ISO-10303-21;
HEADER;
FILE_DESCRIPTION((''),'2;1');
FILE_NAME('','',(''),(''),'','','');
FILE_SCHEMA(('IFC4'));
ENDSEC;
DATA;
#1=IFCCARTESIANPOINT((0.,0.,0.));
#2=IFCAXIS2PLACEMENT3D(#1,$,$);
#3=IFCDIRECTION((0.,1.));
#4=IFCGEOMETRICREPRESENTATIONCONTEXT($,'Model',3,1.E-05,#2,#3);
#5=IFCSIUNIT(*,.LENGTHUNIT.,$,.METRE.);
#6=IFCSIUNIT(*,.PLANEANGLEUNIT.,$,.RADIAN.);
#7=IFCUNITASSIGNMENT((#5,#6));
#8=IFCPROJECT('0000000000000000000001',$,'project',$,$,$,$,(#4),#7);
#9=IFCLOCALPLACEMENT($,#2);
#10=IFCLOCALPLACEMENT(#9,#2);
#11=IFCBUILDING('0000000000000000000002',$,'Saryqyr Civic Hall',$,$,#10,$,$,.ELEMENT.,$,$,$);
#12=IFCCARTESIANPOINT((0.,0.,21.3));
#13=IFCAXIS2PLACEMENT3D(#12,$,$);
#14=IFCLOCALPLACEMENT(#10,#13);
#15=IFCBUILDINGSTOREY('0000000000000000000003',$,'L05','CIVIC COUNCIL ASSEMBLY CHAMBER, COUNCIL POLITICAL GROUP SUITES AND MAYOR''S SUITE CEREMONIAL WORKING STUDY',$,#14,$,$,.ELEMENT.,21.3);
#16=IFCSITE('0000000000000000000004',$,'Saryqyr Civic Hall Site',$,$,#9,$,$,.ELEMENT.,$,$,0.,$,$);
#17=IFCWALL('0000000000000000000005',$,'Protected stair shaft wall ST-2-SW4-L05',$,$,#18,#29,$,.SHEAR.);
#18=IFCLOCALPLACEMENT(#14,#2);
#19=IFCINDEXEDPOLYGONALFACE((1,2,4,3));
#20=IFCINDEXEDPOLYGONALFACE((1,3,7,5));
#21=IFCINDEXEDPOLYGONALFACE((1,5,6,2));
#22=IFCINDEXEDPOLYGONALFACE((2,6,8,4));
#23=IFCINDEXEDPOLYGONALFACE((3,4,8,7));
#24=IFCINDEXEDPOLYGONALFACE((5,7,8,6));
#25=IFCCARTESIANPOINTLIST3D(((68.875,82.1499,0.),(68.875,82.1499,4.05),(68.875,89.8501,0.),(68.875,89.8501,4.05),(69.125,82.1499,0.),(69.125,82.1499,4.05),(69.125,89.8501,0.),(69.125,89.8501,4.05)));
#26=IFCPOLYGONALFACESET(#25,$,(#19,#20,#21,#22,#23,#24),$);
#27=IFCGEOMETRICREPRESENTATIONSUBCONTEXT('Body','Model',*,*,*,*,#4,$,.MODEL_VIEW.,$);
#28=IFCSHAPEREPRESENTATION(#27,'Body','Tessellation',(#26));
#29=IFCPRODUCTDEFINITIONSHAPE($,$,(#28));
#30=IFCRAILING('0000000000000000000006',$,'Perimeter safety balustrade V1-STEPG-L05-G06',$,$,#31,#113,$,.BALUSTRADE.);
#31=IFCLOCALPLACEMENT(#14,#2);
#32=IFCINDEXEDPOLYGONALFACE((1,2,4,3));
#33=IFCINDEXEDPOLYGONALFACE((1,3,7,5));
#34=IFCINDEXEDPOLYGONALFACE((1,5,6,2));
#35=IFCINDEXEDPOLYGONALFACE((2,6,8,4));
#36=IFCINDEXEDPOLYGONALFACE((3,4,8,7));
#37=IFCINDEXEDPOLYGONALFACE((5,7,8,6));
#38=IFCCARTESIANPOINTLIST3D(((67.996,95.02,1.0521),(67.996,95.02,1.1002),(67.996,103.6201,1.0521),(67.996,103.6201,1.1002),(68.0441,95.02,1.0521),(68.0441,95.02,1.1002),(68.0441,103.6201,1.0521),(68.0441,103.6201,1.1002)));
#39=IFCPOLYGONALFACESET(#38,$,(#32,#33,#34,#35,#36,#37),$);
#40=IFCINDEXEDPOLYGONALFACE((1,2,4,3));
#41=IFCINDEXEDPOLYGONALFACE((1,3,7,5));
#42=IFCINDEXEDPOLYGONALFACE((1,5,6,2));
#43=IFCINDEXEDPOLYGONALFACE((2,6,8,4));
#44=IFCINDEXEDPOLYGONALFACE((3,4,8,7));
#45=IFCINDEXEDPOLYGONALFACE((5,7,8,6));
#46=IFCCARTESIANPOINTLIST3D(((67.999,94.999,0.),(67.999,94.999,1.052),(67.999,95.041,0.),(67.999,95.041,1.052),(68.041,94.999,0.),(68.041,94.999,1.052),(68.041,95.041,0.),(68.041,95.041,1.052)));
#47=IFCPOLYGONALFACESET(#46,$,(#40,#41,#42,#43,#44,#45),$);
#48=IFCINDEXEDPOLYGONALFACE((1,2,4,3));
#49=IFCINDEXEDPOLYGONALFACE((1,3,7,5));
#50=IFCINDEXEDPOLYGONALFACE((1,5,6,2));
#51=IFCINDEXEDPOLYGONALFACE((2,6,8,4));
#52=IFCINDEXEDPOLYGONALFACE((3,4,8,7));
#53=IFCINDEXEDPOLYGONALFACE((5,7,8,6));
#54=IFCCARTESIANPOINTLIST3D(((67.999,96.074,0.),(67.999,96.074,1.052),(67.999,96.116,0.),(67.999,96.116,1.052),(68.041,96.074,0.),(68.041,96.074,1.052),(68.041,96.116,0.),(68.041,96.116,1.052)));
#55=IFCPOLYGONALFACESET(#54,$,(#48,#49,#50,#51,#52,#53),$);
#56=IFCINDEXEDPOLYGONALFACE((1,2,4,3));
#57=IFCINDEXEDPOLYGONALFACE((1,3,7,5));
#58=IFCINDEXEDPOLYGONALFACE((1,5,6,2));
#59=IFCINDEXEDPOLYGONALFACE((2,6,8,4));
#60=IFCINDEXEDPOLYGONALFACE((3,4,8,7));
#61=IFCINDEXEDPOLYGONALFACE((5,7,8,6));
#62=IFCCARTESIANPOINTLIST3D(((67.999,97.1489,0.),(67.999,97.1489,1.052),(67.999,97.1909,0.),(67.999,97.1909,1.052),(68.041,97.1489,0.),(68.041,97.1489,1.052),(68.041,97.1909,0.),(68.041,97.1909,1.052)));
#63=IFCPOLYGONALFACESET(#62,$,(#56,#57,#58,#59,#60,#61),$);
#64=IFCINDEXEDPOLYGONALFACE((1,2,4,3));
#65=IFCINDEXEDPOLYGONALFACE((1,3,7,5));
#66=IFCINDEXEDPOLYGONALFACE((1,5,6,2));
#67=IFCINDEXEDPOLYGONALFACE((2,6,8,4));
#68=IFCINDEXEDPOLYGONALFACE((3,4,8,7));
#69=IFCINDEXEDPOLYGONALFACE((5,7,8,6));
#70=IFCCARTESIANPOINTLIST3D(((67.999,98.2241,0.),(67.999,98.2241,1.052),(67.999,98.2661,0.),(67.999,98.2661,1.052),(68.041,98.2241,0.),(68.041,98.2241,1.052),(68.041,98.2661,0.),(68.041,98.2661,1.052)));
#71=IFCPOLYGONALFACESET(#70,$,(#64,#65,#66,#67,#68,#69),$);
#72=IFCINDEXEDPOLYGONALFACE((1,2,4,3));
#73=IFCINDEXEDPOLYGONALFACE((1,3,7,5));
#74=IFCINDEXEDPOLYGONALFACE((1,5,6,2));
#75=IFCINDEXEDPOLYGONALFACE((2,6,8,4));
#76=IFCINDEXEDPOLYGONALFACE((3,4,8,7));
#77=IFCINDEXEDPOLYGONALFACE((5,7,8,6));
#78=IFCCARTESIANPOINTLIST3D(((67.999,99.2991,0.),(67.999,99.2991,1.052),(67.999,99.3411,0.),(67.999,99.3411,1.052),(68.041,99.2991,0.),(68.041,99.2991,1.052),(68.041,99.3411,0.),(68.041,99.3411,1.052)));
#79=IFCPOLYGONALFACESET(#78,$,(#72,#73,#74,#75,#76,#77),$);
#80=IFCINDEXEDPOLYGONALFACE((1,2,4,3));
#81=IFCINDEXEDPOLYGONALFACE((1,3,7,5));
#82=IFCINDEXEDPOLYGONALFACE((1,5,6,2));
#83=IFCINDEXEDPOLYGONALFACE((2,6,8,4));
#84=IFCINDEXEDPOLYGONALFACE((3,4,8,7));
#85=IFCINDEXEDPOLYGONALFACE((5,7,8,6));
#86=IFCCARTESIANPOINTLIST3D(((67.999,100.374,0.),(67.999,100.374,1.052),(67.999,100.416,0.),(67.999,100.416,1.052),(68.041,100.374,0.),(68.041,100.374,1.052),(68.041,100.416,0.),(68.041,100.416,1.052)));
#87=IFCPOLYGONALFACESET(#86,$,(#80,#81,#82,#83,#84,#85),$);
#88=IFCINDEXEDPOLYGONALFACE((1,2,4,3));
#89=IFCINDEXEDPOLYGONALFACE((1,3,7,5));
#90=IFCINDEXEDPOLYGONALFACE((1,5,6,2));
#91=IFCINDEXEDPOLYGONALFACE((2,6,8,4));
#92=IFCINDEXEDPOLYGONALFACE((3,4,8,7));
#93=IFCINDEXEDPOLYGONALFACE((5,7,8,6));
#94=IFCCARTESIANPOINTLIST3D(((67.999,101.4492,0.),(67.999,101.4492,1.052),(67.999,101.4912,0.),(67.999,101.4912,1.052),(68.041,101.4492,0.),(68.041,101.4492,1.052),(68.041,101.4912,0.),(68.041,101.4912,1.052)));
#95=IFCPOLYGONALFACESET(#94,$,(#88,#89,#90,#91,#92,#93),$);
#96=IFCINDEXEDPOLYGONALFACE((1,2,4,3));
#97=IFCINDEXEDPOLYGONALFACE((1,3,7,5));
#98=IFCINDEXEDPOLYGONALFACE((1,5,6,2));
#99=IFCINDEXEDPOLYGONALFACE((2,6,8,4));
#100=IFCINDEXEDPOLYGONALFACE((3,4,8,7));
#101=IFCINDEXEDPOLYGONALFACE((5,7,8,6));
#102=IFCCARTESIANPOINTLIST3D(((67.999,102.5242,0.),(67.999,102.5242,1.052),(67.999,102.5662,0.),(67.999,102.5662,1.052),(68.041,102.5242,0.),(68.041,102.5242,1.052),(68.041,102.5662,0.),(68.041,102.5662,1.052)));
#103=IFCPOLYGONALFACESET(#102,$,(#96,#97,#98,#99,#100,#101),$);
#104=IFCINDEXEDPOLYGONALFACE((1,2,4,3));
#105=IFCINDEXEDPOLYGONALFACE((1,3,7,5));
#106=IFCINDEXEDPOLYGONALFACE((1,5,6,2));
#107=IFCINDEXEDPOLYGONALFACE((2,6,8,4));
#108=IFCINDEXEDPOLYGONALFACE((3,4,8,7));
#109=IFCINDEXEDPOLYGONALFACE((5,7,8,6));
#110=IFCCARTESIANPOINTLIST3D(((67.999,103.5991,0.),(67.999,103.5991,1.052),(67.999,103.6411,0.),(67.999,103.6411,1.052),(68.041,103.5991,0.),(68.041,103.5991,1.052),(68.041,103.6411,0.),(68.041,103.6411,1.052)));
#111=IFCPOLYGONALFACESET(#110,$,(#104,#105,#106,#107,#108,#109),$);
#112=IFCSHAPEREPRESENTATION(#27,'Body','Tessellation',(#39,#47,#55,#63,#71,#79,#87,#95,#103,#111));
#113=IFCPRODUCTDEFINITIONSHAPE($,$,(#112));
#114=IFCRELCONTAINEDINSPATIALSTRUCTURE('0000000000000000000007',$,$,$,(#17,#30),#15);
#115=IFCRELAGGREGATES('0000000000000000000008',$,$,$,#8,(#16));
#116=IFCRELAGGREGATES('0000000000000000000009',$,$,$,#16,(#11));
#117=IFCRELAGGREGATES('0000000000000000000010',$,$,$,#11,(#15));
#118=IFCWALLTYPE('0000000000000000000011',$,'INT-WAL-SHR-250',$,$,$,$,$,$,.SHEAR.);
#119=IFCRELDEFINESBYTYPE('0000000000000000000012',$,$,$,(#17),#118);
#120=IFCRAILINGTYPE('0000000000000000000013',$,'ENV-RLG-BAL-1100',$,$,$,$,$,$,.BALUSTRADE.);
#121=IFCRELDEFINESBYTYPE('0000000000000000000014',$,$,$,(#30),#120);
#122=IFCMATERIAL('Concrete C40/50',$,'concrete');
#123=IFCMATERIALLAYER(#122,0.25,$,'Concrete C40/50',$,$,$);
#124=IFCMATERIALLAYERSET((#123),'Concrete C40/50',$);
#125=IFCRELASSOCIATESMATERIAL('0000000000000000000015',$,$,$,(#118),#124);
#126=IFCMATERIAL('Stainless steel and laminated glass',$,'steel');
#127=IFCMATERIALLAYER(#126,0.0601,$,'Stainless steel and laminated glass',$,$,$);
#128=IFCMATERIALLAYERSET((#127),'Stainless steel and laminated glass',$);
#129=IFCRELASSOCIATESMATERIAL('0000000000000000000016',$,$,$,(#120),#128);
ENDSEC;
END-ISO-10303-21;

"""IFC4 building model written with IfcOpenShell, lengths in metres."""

from ifc_helpers import new_model, si_unit, direction, frame, frame_2d, origin, origin_2d, place, context, subcontext, project, spatial, rectangle, extrude, material, layer, layer_set, type_object, element, save


model = new_model("IFC4")

# Units and contexts
model_context = context("Model", 3, precision=1e-05, world=origin(), true_north=direction((0.0, 1.0)))
body_context = subcontext(model_context, "Body", "Model", "MODEL_VIEW")
ifc_project = project(units=[si_unit("LENGTHUNIT", "METRE"), si_unit("PLANEANGLEUNIT", "RADIAN")], contexts=[model_context])

# Site, building, storey
site_placement = place(None, origin())
site = spatial("IfcSite", under=ifc_project, at=site_placement, Name="Saryqyr Civic Hall Site", CompositionType="ELEMENT", RefElevation=0.0)
building_placement = place(site_placement, origin())
building = spatial("IfcBuilding", under=site, at=building_placement, Name="Saryqyr Civic Hall", CompositionType="ELEMENT")
storey_placement = place(building_placement, frame((0.0, 0.0, 21.3)))
storey = spatial("IfcBuildingStorey", under=building, at=storey_placement, Name="L05", Description="CIVIC COUNCIL ASSEMBLY CHAMBER, COUNCIL POLITICAL GROUP SUITES AND MAYOR'S SUITE CEREMONIAL WORKING STUDY", CompositionType="ELEMENT", Elevation=21.3)

# Shared definitions
ifc_material_1 = material(Name="Concrete C40/50", Category="concrete")

# Wall
ifc_layer_1 = layer(ifc_material_1, 0.25, Name="Concrete C40/50")
ifc_layer_set_1 = layer_set([ifc_layer_1], Name="Concrete C40/50")
wall_type_1 = type_object("IfcWallType", Name="INT-WAL-SHR-250", PredefinedType="SHEAR", material=ifc_layer_set_1)
wall_1_placement = place(storey_placement, frame((69.0, 89.8501, 0.0), z_axis=(0.0, 0.0, 1.0), x_axis=(0.0, -1.0, 0.0)))
element("IfcWall", 1, at=wall_1_placement, inside=storey, type_object=wall_type_1, Name="Protected stair shaft wall ST-2-SW4-L05", PredefinedType="SHEAR", context=body_context, shape_type="SweptSolid", body=[
    extrude(rectangle(XDim=7.7002, YDim=0.25, at=frame_2d((3.8501, 0.0))), origin(), (0.0, 0.0, 1.0), 4.05),
])

# Railing
ifc_material_2 = material(Name="Stainless steel and laminated glass", Category="steel")
ifc_layer_2 = layer(ifc_material_2, 0.0601, Name="Stainless steel and laminated glass")
ifc_layer_set_2 = layer_set([ifc_layer_2], Name="Stainless steel and laminated glass")
railing_type_1 = type_object("IfcRailingType", Name="ENV-RLG-BAL-1100", PredefinedType="BALUSTRADE", material=ifc_layer_set_2)
railing_1_placement = place(storey_placement, frame((68.02, 95.02, 0.0)))
element("IfcRailing", 2, at=railing_1_placement, inside=storey, type_object=railing_type_1, Name="Perimeter safety balustrade V1-STEPG-L05-G06", PredefinedType="BALUSTRADE", context=body_context, shape_type="SweptSolid", body=[
    extrude(rectangle(XDim=0.0481, YDim=0.0481, at=origin_2d()), frame((0.0, 0.0, 1.0762), z_axis=(0.0, 1.0, 0.0), x_axis=(-1.0, 0.0, 0.0)), (0.0, 0.0, 1.0), 8.6001),
    extrude(rectangle(XDim=0.042, YDim=0.042, at=origin_2d()), origin(), (0.0, 0.0, 1.0), 1.052),
    extrude(rectangle(XDim=0.042, YDim=0.042, at=origin_2d()), frame((0.0, 1.075, 0.0)), (0.0, 0.0, 1.0), 1.052),
    extrude(rectangle(XDim=0.042, YDim=0.042, at=origin_2d()), frame((0.0, 2.1499, 0.0)), (0.0, 0.0, 1.0), 1.052),
    extrude(rectangle(XDim=0.042, YDim=0.042, at=origin_2d()), frame((0.0, 3.2251, 0.0)), (0.0, 0.0, 1.0), 1.052),
    extrude(rectangle(XDim=0.042, YDim=0.042, at=origin_2d()), frame((0.0, 4.3, 0.0)), (0.0, 0.0, 1.0), 1.052),
    extrude(rectangle(XDim=0.042, YDim=0.042, at=origin_2d()), frame((0.0, 5.375, 0.0)), (0.0, 0.0, 1.0), 1.052),
    extrude(rectangle(XDim=0.042, YDim=0.042, at=origin_2d()), frame((0.0, 6.4502, 0.0)), (0.0, 0.0, 1.0), 1.052),
    extrude(rectangle(XDim=0.042, YDim=0.042, at=origin_2d()), frame((0.0, 7.5251, 0.0)), (0.0, 0.0, 1.0), 1.052),
    extrude(rectangle(XDim=0.042, YDim=0.042, at=origin_2d()), frame((0.0, 8.6001, 0.0)), (0.0, 0.0, 1.0), 1.052),
])

save(model, "model.ifc")
